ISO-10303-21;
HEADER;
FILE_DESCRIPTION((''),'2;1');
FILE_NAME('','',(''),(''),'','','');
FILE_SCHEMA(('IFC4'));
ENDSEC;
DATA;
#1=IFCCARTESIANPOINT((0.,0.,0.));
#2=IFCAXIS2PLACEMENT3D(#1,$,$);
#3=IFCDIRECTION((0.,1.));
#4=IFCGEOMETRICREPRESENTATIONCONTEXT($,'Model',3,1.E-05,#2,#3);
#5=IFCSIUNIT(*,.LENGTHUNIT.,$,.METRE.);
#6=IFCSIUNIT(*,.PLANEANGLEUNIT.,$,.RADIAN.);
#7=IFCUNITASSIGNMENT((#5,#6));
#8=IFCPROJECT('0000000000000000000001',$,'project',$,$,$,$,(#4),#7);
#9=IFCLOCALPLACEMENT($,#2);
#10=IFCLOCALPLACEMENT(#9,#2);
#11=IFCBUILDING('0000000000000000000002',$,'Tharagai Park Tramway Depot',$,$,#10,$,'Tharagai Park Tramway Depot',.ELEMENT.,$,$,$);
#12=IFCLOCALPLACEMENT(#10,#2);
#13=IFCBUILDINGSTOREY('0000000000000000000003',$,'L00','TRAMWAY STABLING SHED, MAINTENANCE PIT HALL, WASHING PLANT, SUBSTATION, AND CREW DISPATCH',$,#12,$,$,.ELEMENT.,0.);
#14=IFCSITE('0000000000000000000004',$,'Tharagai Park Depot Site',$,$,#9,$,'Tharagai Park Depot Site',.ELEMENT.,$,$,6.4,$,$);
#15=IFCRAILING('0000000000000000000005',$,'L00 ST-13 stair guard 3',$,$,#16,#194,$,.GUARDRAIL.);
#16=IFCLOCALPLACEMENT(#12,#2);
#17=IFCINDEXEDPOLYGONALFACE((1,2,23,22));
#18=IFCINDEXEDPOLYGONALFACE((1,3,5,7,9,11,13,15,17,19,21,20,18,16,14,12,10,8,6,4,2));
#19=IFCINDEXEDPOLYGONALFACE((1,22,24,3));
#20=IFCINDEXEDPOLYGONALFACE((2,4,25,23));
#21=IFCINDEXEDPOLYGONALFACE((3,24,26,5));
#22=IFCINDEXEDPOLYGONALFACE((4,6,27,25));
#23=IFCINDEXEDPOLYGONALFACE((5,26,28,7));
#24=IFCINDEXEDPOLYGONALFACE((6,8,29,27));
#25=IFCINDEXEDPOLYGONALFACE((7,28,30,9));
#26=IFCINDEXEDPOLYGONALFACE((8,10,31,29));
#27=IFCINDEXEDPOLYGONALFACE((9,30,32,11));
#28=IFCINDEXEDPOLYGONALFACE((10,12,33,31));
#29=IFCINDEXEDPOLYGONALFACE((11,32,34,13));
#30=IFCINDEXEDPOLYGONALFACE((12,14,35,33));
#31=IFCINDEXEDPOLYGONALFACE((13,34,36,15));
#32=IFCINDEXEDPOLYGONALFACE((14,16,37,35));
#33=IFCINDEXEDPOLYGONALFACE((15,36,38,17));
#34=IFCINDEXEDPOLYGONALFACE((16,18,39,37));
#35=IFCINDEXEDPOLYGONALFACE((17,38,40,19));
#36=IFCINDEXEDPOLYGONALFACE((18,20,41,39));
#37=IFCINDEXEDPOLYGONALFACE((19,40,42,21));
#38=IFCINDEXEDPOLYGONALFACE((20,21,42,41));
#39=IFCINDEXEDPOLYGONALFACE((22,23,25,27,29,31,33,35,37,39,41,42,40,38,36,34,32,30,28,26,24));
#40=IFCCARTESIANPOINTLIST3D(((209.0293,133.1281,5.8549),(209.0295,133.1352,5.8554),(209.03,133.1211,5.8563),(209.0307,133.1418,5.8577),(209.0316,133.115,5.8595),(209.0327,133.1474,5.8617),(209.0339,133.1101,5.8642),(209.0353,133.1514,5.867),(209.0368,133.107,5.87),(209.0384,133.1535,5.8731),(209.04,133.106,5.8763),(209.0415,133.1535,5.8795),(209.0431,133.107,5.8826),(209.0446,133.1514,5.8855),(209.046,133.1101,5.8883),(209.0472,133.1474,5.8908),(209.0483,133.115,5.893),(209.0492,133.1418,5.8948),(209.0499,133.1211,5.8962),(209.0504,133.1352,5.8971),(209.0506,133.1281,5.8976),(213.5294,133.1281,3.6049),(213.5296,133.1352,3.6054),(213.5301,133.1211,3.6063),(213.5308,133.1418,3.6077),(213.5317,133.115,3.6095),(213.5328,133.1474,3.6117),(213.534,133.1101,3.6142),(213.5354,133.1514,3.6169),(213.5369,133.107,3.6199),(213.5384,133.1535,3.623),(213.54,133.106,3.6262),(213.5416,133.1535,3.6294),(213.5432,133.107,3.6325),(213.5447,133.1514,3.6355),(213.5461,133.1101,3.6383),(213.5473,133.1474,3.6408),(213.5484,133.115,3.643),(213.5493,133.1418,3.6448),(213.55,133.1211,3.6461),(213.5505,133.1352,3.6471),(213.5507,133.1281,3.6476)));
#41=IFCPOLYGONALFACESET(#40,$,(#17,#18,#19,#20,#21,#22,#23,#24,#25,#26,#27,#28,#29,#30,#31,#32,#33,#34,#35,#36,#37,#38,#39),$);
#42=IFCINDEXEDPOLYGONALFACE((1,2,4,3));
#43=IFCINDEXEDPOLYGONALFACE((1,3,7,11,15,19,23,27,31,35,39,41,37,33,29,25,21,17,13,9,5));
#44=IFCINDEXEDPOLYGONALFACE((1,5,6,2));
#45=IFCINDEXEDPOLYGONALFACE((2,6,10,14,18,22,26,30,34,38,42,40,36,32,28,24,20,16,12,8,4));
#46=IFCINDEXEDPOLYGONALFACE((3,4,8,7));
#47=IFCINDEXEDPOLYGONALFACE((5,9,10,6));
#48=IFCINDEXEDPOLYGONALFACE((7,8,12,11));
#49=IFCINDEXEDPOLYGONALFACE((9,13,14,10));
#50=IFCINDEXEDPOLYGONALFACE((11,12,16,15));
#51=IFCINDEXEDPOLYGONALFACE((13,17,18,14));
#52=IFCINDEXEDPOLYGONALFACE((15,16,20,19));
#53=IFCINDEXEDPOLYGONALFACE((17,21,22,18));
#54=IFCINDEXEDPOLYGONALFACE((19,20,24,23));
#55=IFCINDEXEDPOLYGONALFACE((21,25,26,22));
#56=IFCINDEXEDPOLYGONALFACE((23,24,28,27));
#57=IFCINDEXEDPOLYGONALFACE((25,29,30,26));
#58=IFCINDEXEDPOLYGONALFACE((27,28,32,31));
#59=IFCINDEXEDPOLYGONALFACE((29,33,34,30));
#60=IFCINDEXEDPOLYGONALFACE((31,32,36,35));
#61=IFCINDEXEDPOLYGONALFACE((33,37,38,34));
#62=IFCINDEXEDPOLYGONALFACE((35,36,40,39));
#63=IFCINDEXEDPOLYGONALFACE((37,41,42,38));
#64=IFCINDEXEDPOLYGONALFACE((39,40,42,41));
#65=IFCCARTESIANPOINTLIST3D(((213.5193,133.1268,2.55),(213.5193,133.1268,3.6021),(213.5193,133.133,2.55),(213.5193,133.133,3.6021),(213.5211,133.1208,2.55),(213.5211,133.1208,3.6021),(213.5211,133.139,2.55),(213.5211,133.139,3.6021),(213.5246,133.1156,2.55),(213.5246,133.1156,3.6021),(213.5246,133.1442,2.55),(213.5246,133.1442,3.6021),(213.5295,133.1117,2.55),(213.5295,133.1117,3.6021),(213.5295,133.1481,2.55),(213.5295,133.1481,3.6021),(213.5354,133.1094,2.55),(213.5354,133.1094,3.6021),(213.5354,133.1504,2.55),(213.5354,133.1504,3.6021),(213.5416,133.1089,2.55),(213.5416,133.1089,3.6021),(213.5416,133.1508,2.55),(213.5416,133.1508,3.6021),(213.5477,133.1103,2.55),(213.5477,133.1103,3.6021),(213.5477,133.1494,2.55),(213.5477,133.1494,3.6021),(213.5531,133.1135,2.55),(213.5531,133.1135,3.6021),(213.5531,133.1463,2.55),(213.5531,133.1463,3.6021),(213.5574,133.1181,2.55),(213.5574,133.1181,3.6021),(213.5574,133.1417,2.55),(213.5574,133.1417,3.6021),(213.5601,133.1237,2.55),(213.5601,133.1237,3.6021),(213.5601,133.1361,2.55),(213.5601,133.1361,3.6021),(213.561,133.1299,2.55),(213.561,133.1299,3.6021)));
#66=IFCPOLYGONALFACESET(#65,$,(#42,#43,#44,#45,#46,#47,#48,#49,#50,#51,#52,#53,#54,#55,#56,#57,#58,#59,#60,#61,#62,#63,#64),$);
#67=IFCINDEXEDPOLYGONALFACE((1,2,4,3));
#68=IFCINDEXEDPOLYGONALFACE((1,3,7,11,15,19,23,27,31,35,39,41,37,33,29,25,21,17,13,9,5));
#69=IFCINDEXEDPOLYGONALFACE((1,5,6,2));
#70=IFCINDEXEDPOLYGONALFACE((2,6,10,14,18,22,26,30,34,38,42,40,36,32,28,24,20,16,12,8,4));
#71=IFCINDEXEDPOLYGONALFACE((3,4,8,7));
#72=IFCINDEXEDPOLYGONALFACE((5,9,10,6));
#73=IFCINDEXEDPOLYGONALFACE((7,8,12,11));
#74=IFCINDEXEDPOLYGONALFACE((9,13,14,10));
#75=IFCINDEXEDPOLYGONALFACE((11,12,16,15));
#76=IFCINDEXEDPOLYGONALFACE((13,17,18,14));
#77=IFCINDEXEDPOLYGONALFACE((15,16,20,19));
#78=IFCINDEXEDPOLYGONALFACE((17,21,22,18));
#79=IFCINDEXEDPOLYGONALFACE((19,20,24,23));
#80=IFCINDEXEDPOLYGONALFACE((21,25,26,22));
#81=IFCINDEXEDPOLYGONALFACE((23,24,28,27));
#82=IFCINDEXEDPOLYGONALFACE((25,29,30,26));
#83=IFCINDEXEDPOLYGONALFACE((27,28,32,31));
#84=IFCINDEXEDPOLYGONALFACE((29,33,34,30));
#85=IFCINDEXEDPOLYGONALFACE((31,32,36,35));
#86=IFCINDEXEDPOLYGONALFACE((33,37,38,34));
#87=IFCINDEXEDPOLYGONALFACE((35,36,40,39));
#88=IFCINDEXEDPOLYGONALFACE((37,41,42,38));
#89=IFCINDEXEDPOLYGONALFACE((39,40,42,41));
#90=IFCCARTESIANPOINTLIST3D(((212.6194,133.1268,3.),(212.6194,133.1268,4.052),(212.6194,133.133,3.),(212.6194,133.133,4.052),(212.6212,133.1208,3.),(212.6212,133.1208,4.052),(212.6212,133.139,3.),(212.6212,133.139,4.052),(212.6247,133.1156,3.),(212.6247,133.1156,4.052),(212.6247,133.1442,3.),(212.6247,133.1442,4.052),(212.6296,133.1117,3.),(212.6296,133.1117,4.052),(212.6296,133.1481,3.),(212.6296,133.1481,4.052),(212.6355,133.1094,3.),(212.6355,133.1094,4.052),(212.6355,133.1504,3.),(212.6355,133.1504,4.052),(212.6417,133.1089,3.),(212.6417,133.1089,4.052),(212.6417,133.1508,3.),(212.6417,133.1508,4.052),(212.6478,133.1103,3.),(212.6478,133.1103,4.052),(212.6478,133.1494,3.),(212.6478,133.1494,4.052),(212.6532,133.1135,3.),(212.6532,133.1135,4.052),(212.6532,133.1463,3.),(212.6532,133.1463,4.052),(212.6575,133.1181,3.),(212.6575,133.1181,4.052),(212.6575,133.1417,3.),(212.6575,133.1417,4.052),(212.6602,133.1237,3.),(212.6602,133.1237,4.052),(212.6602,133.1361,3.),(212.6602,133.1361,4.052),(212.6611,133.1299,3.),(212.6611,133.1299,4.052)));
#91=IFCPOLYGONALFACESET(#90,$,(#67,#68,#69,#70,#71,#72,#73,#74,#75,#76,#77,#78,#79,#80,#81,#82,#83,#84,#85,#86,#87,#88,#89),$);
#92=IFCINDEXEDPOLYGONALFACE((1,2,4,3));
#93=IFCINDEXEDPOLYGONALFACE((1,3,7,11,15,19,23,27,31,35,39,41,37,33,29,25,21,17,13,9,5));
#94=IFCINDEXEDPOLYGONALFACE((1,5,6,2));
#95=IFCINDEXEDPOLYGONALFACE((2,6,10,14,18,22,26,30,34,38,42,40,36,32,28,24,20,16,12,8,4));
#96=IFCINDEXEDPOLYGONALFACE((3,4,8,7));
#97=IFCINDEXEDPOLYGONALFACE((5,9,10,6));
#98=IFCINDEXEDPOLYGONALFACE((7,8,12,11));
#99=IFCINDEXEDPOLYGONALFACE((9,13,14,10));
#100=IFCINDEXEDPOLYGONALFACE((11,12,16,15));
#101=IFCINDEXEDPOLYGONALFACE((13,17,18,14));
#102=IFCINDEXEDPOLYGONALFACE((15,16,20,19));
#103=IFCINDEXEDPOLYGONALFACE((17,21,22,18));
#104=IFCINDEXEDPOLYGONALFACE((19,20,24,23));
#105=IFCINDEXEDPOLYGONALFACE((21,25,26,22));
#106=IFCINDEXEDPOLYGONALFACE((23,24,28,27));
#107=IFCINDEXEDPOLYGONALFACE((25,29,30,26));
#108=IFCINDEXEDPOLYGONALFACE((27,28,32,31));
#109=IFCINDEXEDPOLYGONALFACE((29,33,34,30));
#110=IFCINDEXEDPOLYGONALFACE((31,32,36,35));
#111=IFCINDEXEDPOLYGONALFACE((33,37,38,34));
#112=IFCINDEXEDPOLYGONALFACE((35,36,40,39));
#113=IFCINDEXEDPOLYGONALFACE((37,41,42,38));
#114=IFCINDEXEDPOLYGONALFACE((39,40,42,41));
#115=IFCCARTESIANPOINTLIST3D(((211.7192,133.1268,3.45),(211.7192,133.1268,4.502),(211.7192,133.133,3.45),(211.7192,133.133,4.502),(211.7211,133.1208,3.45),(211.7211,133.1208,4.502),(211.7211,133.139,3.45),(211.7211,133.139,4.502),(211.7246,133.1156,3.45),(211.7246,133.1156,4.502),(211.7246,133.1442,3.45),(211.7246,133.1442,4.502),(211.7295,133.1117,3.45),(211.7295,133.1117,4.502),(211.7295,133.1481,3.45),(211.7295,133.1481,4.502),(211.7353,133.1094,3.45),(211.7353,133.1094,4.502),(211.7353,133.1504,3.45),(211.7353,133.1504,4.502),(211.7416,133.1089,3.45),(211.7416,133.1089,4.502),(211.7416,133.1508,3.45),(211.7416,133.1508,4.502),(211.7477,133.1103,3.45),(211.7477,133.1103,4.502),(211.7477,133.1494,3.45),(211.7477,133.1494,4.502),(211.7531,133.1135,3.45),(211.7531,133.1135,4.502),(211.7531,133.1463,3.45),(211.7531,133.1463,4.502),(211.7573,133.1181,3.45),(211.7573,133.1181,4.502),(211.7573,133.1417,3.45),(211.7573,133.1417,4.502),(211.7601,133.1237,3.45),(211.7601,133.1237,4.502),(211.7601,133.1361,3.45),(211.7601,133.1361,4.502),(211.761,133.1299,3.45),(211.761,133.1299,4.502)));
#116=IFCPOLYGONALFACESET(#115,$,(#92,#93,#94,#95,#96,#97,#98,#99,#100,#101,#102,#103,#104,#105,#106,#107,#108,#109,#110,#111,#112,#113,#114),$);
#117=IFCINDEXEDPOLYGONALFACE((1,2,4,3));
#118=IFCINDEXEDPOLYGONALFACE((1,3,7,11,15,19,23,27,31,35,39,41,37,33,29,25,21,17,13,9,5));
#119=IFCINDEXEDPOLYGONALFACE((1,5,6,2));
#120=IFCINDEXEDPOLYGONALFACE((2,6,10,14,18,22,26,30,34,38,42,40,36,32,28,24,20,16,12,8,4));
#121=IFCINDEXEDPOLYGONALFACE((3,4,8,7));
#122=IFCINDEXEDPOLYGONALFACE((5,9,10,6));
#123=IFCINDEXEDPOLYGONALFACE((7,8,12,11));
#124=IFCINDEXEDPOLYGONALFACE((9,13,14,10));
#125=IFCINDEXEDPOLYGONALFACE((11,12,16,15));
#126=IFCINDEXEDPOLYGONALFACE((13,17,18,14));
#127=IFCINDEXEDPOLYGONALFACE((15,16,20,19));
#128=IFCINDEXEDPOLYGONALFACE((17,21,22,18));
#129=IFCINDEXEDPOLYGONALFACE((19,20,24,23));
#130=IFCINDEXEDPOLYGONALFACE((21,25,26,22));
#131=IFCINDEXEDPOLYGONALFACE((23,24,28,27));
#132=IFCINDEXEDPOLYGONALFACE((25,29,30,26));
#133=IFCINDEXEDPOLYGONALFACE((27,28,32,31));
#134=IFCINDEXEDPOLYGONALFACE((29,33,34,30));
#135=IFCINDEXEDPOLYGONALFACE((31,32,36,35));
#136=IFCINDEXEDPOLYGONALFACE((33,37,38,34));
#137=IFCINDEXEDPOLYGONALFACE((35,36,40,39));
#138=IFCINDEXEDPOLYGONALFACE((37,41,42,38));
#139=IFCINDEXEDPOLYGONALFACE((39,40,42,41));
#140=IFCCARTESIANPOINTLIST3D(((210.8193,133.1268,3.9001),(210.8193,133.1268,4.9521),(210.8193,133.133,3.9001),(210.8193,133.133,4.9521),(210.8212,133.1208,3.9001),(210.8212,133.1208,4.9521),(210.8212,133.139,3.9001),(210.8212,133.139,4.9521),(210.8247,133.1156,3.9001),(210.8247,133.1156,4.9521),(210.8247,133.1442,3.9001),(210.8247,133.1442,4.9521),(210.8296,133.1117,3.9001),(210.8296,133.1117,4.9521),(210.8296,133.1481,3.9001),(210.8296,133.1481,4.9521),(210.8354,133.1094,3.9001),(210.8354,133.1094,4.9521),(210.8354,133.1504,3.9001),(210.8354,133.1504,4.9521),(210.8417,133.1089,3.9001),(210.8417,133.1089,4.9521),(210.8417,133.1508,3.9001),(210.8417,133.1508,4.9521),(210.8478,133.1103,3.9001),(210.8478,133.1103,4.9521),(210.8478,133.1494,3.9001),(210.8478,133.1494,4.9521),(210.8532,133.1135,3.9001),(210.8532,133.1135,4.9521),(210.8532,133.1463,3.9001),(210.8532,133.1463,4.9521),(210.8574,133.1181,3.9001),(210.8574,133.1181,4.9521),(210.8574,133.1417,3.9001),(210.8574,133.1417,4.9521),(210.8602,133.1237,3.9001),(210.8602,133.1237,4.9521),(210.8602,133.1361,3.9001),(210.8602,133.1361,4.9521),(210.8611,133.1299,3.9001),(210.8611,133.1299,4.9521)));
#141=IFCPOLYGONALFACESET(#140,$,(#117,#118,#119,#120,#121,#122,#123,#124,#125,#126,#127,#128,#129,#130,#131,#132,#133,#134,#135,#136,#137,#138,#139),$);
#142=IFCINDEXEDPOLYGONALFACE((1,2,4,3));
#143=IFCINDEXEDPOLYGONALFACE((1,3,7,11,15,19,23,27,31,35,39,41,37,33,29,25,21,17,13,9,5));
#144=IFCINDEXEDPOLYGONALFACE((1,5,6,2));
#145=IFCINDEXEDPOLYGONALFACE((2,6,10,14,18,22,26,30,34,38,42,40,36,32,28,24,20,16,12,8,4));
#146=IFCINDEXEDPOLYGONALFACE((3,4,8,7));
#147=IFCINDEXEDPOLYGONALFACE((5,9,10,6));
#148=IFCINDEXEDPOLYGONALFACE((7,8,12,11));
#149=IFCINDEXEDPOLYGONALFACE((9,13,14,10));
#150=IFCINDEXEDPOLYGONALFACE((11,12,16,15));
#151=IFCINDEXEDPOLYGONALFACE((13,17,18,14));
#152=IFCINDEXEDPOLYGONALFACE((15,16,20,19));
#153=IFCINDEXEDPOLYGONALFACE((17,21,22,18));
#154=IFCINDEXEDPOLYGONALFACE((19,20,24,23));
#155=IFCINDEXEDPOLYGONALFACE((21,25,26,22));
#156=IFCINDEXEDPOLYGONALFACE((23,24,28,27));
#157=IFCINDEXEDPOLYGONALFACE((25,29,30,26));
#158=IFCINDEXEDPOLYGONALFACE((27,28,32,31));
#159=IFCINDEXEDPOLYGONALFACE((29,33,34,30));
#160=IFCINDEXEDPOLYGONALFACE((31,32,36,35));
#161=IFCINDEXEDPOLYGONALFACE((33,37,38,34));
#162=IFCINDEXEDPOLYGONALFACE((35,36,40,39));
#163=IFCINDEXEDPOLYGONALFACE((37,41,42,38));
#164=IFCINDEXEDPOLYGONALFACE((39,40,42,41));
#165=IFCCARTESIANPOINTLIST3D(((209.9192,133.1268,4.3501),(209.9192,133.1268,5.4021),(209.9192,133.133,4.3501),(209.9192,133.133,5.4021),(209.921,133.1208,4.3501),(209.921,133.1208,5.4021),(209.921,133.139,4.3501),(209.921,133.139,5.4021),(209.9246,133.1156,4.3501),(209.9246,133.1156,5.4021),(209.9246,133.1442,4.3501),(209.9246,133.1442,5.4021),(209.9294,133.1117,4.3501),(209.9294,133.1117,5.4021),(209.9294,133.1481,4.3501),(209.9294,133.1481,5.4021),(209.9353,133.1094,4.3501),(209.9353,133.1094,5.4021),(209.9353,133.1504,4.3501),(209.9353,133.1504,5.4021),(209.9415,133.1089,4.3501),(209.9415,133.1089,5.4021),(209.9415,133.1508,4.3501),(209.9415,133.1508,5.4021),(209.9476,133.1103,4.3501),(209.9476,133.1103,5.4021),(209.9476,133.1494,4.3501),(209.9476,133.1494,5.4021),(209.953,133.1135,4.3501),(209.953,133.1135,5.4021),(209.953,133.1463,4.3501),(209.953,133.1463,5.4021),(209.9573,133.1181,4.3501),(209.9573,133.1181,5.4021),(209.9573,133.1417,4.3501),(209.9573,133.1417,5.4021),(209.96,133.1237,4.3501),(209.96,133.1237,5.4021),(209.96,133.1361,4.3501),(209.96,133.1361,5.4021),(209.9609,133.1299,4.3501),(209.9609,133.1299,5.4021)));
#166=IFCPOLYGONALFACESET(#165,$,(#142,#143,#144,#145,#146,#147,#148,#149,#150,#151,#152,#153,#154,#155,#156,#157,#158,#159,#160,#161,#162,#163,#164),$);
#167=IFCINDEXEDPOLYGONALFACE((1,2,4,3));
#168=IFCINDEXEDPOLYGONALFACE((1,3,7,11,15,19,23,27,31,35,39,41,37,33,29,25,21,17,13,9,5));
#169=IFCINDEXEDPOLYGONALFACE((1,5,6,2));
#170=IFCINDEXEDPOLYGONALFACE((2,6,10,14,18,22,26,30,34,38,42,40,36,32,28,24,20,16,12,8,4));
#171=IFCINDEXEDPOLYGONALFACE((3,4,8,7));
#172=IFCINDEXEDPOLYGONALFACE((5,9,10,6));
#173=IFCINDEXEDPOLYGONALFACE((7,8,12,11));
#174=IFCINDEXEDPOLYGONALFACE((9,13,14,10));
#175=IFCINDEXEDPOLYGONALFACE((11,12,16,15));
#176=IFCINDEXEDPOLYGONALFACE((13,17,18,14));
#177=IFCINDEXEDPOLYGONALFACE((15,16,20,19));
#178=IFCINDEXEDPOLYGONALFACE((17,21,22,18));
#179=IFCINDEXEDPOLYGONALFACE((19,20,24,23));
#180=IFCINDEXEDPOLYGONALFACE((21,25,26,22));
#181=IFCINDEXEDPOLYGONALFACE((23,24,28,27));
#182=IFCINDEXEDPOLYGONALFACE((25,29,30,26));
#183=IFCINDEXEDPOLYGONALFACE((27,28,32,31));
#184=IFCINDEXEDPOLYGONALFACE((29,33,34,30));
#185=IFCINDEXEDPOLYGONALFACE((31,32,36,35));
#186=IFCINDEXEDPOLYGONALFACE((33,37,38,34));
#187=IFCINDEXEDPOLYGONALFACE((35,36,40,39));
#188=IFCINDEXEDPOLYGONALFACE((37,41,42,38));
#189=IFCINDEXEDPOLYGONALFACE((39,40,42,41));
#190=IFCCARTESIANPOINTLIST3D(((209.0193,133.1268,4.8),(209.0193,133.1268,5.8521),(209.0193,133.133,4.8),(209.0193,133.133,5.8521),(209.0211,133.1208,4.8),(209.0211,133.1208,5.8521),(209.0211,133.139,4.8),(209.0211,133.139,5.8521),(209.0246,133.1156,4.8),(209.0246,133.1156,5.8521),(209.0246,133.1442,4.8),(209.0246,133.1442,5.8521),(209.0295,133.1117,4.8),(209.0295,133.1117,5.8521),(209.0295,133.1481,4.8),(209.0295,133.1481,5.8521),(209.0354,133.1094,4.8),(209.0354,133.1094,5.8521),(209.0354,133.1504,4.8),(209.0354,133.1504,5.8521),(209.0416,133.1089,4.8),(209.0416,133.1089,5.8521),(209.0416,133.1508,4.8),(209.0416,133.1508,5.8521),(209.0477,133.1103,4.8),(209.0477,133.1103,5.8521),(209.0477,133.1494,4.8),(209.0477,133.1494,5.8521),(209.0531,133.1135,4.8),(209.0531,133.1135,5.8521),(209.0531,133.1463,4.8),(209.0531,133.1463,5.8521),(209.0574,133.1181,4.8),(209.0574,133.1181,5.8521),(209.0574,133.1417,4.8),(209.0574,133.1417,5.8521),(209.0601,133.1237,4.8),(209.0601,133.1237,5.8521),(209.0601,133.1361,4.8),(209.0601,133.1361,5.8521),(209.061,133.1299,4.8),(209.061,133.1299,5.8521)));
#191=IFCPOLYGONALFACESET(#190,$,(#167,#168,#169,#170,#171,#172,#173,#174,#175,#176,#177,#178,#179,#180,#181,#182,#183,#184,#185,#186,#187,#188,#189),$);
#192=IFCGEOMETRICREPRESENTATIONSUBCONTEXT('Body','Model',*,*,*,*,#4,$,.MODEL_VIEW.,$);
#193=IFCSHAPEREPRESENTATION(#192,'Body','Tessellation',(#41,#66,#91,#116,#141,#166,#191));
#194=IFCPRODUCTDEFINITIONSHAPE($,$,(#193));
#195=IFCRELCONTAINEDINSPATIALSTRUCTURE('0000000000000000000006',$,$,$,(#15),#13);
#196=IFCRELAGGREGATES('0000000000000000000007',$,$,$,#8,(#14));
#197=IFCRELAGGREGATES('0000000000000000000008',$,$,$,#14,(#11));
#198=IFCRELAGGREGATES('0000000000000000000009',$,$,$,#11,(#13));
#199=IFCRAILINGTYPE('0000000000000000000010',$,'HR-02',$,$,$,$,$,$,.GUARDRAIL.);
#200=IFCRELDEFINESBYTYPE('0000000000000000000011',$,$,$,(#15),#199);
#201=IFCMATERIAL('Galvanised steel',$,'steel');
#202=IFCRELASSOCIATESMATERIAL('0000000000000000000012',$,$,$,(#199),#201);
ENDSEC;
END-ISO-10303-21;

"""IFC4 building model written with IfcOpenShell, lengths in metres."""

from ifc_helpers import new_model, si_unit, direction, frame, origin, origin_2d, place, context, subcontext, project, spatial, circle, extrude, material, type_object, element, save


model = new_model("IFC4")

# Units and contexts
model_context = context("Model", 3, precision=1e-05, world=origin(), true_north=direction((0.0, 1.0)))
body_context = subcontext(model_context, "Body", "Model", "MODEL_VIEW")
ifc_project = project(units=[si_unit("LENGTHUNIT", "METRE"), si_unit("PLANEANGLEUNIT", "RADIAN")], contexts=[model_context])

# Site, building, storey
site_placement = place(None, origin())
site = spatial("IfcSite", under=ifc_project, at=site_placement, Name="Tharagai Park Depot Site", LongName="Tharagai Park Depot Site", CompositionType="ELEMENT", RefElevation=6.4)
building_placement = place(site_placement, origin())
building = spatial("IfcBuilding", under=site, at=building_placement, Name="Tharagai Park Tramway Depot", LongName="Tharagai Park Tramway Depot", CompositionType="ELEMENT")
storey_placement = place(building_placement, origin())
storey = spatial("IfcBuildingStorey", under=building, at=storey_placement, Name="L00", Description="TRAMWAY STABLING SHED, MAINTENANCE PIT HALL, WASHING PLANT, SUBSTATION, AND CREW DISPATCH", CompositionType="ELEMENT", Elevation=0.0)

# Shared definitions
ifc_material_1 = material(Name="Galvanised steel", Category="steel")

# Railing
railing_type_1 = type_object("IfcRailingType", Name="HR-02", PredefinedType="GUARDRAIL", material=ifc_material_1)
railing_1_placement = place(storey_placement, frame((213.54, 133.1299, 2.55)))
element("IfcRailing", 1, at=railing_1_placement, inside=storey, type_object=railing_type_1, Name="L00 ST-13 stair guard 3", PredefinedType="GUARDRAIL", context=body_context, shape_type="SweptSolid", body=[
    extrude(circle(Radius=0.0239, at=origin_2d()), frame((0.0, 0.0, 1.0762), z_axis=(-0.894427, 0.0, 0.447214), x_axis=(0.0, -1.0, 0.0)), (0.0, 0.0, 1.0), 5.0312),
    extrude(circle(Radius=0.021, at=origin_2d()), origin(), (0.0, 0.0, 1.0), 1.052),
    extrude(circle(Radius=0.021, at=origin_2d()), frame((-0.8999, 0.0, 0.45)), (0.0, 0.0, 1.0), 1.052),
    extrude(circle(Radius=0.021, at=origin_2d()), frame((-1.8, 0.0, 0.8999)), (0.0, 0.0, 1.0), 1.052),
    extrude(circle(Radius=0.021, at=origin_2d()), frame((-2.7, 0.0, 1.3501)), (0.0, 0.0, 1.0), 1.052),
    extrude(circle(Radius=0.021, at=origin_2d()), frame((-3.6001, 0.0, 1.8)), (0.0, 0.0, 1.0), 1.052),
    extrude(circle(Radius=0.021, at=origin_2d()), frame((-4.5, 0.0, 2.25)), (0.0, 0.0, 1.0), 1.052),
])

save(model, "model.ifc")
